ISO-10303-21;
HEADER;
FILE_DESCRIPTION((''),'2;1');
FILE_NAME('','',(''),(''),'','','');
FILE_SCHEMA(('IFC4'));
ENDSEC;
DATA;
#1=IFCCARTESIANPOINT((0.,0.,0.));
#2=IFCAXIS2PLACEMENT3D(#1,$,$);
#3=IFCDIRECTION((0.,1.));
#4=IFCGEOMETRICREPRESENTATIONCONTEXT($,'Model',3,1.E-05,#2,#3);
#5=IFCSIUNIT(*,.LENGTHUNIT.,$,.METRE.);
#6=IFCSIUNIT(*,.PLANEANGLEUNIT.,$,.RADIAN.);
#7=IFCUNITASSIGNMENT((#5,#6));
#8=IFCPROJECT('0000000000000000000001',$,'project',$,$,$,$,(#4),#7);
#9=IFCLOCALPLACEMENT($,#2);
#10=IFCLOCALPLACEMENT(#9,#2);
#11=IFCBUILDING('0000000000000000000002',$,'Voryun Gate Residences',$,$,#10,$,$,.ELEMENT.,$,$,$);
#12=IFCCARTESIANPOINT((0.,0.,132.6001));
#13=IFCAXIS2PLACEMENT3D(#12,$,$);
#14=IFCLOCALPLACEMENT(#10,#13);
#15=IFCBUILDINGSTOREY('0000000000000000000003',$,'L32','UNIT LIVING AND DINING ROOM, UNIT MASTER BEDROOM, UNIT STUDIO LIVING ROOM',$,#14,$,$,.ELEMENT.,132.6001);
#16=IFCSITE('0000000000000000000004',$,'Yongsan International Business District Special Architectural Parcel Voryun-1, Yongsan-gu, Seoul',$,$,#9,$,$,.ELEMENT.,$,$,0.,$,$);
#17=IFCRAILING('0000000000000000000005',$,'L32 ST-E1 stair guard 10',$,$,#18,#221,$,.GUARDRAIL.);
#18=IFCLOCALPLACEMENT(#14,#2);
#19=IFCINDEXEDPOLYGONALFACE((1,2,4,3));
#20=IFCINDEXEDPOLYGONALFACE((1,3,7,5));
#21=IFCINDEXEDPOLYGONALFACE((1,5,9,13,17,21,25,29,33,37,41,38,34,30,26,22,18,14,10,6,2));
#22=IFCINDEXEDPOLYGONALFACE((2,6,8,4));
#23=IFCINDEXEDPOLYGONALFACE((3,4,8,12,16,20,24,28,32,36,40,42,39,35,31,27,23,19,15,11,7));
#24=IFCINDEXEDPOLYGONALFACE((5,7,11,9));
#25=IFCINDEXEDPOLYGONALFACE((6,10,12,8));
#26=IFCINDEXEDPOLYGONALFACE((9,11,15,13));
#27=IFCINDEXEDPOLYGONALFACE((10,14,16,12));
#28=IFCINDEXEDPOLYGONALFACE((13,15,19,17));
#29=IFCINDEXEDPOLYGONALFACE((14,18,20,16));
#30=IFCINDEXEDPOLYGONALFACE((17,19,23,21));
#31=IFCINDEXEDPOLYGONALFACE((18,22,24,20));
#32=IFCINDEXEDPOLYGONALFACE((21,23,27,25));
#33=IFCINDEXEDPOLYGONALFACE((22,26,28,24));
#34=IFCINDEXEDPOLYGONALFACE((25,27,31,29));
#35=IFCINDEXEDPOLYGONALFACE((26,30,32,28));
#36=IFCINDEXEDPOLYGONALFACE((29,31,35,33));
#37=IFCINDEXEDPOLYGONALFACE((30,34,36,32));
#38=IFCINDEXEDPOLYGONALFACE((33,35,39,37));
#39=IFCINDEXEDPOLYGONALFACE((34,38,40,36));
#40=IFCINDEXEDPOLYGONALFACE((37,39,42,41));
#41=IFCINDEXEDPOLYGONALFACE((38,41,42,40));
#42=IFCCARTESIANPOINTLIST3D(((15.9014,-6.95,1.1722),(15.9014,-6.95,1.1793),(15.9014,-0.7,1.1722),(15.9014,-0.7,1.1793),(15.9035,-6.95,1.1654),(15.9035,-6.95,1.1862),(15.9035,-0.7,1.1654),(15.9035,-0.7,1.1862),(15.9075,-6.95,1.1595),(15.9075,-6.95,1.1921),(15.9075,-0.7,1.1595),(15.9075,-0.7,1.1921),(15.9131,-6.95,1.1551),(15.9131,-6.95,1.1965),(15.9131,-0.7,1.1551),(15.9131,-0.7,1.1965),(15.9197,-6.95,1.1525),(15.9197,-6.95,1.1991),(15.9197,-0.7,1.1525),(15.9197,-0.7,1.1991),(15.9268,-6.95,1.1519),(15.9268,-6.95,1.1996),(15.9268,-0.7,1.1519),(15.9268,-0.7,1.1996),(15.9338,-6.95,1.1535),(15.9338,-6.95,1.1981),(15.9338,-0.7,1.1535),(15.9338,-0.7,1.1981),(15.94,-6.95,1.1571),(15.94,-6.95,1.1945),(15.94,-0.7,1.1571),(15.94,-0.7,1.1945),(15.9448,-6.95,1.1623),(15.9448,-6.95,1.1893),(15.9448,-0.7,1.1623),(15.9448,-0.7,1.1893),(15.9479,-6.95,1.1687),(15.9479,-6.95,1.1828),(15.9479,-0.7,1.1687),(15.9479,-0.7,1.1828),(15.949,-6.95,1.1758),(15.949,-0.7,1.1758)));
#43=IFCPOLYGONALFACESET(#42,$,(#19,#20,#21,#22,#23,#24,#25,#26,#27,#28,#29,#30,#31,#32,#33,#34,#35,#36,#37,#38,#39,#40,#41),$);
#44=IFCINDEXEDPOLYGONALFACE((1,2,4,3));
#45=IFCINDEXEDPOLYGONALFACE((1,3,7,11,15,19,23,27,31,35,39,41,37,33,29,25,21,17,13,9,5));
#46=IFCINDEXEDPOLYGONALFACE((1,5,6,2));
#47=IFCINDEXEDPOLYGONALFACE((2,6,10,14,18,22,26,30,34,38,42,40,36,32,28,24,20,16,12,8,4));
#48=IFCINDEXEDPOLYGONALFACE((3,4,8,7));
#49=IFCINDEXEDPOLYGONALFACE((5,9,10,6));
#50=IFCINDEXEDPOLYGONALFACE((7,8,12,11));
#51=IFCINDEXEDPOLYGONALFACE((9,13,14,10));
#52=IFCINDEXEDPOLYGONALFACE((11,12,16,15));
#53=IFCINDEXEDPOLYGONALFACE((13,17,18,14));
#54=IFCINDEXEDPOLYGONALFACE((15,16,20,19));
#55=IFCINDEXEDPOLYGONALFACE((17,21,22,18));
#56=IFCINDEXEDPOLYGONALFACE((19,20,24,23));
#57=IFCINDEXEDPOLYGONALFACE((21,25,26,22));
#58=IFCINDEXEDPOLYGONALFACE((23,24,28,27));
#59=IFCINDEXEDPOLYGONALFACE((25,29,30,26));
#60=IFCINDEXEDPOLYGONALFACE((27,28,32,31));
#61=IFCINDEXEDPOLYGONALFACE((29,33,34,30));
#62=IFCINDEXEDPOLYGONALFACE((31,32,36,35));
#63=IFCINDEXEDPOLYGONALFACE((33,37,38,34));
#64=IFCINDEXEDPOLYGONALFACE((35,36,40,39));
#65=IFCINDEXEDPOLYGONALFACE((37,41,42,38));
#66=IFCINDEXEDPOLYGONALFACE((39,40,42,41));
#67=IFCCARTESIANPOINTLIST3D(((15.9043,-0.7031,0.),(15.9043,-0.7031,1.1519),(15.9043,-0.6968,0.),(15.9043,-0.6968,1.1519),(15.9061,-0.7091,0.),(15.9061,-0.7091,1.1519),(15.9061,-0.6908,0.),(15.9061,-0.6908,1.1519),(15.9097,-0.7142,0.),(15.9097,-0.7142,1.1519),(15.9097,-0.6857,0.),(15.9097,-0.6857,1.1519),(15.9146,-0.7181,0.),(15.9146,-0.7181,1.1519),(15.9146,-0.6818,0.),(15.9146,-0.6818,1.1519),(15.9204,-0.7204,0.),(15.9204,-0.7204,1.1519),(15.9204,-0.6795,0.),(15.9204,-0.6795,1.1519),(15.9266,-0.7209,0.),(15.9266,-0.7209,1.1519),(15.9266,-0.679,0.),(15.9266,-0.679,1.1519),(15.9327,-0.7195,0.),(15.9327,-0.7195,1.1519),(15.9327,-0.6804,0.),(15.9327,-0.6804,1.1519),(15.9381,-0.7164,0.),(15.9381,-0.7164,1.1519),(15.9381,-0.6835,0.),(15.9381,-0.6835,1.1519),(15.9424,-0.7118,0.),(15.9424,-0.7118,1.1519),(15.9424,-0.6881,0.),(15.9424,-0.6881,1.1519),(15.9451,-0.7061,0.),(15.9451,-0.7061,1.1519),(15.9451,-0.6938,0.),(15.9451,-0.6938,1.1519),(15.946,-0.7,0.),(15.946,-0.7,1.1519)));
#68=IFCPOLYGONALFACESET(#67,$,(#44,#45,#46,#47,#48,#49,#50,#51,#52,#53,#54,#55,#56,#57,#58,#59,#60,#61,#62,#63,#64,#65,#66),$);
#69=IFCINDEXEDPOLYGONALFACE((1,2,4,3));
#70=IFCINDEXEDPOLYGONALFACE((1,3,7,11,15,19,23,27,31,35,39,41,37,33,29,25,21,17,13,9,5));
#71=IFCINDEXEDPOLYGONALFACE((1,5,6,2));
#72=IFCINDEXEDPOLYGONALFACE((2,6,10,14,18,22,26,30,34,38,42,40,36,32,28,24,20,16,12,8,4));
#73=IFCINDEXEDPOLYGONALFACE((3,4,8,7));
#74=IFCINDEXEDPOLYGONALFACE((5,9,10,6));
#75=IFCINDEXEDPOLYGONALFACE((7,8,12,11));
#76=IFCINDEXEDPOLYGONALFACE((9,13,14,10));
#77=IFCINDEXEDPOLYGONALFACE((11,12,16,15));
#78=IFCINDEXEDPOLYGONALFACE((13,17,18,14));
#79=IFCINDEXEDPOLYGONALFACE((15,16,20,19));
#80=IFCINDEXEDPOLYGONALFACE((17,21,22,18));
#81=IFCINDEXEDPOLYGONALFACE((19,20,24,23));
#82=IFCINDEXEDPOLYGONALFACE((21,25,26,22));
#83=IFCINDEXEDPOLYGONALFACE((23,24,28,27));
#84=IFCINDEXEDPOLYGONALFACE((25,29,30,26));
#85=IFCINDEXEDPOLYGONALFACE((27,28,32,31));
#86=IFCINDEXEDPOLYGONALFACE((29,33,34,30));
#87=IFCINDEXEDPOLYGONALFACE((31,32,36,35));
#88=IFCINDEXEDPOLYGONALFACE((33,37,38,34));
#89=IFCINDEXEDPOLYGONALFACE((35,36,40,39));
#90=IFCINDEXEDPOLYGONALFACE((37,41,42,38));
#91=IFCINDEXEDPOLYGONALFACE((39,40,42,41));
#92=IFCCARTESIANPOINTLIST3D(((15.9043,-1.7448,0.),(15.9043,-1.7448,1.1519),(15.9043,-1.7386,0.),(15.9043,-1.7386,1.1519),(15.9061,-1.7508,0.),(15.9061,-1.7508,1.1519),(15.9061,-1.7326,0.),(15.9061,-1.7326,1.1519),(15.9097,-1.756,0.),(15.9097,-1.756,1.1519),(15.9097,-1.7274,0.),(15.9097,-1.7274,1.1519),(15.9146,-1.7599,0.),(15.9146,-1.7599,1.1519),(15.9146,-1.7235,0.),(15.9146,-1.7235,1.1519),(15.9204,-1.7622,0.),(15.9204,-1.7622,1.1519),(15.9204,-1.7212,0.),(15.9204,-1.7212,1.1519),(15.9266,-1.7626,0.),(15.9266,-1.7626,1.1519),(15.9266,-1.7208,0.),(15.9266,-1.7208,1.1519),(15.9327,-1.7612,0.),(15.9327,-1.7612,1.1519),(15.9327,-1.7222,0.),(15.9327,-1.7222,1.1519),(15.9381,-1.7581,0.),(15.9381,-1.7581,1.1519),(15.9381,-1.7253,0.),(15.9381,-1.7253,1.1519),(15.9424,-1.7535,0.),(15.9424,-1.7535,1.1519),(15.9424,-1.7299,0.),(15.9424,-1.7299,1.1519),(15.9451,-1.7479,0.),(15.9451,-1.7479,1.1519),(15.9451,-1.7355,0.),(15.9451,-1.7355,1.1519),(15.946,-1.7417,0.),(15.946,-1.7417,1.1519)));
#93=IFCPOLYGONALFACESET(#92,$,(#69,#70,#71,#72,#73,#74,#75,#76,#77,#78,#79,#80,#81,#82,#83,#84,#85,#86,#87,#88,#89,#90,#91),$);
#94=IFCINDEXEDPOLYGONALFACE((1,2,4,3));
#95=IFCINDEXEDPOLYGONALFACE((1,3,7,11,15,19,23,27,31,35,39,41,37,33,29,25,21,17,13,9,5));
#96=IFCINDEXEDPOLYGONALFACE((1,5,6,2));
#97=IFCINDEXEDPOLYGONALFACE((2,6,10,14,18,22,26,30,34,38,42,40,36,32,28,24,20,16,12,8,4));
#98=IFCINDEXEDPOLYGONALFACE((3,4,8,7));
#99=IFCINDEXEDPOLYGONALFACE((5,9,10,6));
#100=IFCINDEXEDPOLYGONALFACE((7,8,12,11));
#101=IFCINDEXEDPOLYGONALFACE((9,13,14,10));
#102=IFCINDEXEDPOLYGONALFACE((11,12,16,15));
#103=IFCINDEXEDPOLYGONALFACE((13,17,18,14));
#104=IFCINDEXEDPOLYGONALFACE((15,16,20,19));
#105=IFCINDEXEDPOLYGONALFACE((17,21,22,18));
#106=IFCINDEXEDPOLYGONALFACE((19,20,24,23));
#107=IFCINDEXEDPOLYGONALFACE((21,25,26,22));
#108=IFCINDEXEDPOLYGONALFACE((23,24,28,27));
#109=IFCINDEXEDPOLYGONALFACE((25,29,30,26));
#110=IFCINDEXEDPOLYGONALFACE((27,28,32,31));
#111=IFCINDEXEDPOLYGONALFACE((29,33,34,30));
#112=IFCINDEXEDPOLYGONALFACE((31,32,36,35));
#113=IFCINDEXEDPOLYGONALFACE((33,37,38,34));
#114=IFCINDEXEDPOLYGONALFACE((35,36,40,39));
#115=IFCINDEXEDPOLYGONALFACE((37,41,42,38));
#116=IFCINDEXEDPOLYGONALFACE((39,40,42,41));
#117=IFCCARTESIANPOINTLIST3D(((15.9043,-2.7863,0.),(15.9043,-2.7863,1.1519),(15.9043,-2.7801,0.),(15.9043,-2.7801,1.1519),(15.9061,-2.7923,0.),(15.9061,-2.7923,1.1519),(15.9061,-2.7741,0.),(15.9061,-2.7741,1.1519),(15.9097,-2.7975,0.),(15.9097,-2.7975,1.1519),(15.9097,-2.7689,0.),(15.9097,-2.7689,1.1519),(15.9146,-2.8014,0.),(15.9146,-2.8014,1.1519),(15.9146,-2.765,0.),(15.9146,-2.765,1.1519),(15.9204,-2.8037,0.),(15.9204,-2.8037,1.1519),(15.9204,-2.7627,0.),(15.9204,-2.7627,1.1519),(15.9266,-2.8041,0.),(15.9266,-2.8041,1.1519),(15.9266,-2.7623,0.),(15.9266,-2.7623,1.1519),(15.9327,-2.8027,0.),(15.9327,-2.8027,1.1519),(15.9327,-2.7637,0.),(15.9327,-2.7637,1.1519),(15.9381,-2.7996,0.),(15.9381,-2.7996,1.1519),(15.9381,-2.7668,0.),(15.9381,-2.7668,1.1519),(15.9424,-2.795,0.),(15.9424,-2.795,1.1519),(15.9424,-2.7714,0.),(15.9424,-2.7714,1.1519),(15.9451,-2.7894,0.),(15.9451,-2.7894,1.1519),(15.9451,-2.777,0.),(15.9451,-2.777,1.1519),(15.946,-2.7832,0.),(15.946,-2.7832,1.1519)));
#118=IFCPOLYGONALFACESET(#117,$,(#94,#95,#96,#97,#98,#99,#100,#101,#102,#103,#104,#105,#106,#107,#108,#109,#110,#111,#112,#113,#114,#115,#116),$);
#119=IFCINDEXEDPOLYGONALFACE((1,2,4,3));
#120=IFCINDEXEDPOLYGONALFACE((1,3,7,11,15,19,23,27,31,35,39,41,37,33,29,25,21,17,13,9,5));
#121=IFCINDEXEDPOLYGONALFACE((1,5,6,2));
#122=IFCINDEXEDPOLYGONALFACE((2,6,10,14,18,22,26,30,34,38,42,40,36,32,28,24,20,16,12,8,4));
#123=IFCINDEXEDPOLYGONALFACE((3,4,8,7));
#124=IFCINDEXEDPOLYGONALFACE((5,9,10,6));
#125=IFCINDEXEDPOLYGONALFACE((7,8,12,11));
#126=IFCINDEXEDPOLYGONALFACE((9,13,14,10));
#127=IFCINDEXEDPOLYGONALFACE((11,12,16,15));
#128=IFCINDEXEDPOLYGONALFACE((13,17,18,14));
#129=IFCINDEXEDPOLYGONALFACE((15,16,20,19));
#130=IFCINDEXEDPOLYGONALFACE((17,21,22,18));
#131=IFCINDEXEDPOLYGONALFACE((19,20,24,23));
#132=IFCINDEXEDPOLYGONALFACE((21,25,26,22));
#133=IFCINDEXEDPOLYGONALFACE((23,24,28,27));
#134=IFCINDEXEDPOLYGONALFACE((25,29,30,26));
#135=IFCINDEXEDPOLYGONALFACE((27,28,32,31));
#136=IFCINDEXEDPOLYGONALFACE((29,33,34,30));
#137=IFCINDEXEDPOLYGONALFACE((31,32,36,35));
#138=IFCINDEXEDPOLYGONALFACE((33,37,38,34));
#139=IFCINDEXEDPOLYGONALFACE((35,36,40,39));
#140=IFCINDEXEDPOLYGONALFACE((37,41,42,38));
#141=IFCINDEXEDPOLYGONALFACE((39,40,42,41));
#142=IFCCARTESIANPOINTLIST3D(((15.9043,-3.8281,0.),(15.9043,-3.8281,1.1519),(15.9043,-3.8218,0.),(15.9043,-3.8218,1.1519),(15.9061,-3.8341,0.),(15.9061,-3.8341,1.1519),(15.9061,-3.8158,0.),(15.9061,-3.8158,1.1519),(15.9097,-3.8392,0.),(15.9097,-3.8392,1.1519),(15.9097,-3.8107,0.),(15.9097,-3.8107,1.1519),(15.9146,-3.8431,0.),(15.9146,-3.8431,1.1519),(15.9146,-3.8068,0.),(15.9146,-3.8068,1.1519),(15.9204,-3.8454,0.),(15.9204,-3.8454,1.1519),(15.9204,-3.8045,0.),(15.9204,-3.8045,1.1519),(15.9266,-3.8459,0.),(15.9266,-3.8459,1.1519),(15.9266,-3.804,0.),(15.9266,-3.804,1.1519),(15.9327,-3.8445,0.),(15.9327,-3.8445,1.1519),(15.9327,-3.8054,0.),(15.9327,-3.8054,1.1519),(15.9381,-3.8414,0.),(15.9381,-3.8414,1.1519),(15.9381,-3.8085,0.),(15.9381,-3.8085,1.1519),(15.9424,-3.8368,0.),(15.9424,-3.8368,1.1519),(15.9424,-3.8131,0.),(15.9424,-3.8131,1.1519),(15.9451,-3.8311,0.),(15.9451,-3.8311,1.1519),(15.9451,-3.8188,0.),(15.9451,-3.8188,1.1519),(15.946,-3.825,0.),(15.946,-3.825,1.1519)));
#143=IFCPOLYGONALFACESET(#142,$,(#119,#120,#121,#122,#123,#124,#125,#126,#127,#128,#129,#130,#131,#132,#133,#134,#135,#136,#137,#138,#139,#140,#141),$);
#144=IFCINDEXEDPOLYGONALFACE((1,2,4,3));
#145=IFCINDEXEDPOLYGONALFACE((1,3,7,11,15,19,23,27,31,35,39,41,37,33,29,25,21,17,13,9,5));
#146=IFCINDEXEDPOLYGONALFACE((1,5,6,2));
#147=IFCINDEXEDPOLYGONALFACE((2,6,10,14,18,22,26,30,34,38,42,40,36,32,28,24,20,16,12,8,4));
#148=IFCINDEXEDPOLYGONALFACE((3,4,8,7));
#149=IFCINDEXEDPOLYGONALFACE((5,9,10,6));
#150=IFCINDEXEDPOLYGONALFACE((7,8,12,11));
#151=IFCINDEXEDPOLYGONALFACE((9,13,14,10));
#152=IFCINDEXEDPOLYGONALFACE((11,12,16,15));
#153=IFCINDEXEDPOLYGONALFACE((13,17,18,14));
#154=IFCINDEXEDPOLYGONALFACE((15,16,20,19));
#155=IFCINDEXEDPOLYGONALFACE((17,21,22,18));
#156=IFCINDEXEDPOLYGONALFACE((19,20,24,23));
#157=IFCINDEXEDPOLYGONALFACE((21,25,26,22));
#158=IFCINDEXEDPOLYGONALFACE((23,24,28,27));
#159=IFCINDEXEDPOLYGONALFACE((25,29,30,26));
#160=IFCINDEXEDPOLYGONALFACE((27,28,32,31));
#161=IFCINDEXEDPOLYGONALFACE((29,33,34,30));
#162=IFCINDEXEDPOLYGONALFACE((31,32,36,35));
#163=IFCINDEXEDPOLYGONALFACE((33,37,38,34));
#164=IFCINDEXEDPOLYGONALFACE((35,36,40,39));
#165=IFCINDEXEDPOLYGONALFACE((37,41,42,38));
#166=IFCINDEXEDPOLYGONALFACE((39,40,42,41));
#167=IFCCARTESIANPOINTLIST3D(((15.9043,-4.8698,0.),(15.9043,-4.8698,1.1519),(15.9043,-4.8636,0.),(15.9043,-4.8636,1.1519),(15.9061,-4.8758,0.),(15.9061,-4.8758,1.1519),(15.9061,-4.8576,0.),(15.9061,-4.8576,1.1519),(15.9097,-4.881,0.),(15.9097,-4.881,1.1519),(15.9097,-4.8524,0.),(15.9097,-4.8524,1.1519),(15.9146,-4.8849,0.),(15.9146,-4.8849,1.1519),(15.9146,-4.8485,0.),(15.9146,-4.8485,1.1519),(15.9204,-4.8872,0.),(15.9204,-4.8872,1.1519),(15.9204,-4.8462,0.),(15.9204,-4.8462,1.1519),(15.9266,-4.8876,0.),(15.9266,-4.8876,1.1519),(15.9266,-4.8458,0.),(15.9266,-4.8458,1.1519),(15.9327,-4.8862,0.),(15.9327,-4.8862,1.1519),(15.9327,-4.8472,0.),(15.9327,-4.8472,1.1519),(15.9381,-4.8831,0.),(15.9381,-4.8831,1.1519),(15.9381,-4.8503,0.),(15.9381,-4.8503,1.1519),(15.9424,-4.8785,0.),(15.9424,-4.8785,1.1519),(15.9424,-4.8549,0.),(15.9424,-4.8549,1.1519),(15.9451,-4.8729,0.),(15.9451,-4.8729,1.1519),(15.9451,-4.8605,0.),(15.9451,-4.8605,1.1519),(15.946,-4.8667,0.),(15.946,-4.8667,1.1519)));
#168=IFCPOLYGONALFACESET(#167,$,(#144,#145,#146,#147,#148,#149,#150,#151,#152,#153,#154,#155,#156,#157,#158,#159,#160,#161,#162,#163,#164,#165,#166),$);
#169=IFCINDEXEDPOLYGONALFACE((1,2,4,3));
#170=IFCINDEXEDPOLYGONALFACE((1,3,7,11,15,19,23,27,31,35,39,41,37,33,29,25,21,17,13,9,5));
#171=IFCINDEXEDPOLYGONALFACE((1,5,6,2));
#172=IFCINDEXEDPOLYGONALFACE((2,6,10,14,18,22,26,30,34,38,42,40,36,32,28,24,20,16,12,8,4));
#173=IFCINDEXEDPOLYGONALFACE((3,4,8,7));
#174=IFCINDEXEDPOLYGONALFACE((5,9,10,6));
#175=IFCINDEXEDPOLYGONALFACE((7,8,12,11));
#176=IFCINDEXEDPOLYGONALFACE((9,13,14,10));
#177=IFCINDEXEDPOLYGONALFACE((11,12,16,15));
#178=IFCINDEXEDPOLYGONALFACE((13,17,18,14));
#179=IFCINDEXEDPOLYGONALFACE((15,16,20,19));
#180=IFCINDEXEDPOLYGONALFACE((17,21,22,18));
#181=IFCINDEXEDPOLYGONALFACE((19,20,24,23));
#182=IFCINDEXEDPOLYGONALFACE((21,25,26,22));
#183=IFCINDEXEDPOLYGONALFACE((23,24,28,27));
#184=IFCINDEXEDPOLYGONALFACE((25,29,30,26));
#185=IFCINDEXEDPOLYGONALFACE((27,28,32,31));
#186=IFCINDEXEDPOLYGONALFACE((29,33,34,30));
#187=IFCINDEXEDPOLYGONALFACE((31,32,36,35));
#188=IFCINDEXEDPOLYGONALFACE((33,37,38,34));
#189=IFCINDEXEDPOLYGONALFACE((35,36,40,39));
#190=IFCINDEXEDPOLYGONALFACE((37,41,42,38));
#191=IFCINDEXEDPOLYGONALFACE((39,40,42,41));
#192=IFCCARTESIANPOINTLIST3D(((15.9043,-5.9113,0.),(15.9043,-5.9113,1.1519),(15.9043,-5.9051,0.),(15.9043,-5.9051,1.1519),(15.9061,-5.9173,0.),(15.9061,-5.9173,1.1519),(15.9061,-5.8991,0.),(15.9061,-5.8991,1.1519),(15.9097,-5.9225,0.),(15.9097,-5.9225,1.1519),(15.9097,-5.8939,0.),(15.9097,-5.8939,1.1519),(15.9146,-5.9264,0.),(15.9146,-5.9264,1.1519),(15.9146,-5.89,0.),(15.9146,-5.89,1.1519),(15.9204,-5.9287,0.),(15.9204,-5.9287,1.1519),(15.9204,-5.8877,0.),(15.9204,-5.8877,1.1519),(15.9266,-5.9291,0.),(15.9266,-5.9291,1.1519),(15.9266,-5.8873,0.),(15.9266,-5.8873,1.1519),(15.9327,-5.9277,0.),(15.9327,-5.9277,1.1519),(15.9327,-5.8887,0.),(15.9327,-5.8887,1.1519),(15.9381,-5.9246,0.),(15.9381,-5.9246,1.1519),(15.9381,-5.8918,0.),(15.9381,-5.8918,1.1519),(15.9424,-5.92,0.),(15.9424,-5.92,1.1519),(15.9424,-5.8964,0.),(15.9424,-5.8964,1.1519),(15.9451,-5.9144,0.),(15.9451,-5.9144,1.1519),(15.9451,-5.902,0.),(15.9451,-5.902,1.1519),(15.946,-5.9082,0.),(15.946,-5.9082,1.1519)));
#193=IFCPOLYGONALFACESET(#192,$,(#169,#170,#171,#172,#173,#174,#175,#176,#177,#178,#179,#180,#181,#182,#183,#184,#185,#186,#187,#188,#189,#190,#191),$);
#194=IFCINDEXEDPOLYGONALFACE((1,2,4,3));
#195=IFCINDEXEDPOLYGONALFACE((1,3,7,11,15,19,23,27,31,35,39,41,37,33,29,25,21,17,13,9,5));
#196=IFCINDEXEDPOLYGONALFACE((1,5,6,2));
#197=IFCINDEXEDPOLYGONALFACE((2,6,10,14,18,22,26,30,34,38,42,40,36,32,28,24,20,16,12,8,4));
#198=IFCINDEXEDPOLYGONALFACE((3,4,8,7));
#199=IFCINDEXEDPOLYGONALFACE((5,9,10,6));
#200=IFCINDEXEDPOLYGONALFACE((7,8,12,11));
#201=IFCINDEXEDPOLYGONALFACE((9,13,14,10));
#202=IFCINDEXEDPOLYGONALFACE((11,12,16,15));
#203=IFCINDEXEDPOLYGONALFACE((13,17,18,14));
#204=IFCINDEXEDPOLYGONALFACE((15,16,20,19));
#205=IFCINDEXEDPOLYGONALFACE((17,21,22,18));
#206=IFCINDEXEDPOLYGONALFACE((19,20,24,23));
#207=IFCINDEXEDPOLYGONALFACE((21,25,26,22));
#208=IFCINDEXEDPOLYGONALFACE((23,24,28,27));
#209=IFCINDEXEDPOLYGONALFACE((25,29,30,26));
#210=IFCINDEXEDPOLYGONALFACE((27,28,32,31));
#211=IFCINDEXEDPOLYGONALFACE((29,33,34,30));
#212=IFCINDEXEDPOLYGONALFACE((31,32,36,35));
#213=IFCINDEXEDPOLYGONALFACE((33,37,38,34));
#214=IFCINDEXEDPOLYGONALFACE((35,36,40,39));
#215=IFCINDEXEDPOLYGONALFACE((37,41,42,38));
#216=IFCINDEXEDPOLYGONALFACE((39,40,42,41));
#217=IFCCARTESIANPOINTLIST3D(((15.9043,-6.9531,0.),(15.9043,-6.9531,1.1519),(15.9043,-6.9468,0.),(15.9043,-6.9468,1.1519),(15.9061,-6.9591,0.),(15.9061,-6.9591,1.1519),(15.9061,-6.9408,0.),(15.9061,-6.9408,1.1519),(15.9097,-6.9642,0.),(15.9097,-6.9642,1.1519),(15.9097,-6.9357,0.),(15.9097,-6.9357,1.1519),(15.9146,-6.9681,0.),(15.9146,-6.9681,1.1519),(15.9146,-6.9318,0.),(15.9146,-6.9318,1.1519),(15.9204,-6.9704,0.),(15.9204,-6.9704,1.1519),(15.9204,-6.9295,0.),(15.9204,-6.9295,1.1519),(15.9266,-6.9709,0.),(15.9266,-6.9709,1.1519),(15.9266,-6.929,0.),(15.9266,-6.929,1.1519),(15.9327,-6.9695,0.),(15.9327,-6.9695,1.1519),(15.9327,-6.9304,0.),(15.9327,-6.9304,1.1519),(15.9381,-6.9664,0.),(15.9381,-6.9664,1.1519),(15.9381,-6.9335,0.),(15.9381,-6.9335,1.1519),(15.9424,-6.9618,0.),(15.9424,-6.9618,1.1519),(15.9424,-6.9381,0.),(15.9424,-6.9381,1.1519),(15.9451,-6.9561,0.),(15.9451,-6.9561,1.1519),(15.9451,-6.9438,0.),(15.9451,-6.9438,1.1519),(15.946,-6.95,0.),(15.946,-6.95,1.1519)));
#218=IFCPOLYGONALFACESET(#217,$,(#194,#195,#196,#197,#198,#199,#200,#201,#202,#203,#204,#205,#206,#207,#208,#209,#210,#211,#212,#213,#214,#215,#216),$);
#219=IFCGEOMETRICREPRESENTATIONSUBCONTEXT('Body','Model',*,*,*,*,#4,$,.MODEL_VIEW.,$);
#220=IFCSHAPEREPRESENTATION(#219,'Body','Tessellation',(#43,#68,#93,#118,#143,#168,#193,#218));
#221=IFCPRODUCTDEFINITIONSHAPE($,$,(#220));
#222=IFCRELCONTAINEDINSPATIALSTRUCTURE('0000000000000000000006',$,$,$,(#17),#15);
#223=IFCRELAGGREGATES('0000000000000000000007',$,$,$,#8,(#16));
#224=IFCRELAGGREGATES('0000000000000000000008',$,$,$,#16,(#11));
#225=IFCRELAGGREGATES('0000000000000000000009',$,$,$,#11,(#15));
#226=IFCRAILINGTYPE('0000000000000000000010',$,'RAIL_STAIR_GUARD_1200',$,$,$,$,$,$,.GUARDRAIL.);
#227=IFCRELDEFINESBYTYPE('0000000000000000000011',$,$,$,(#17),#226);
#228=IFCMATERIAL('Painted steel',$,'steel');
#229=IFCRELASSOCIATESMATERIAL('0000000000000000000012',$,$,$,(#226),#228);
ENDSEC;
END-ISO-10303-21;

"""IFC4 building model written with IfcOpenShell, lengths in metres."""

from ifc_helpers import new_model, si_unit, direction, frame, origin, origin_2d, place, context, subcontext, project, spatial, circle, extrude, material, type_object, element, save


model = new_model("IFC4")

# Units and contexts
model_context = context("Model", 3, precision=1e-05, world=origin(), true_north=direction((0.0, 1.0)))
body_context = subcontext(model_context, "Body", "Model", "MODEL_VIEW")
ifc_project = project(units=[si_unit("LENGTHUNIT", "METRE"), si_unit("PLANEANGLEUNIT", "RADIAN")], contexts=[model_context])

# Site, building, storey
site_placement = place(None, origin())
site = spatial("IfcSite", under=ifc_project, at=site_placement, Name="Yongsan International Business District Special Architectural Parcel Voryun-1, Yongsan-gu, Seoul", CompositionType="ELEMENT", RefElevation=0.0)
building_placement = place(site_placement, origin())
building = spatial("IfcBuilding", under=site, at=building_placement, Name="Voryun Gate Residences", CompositionType="ELEMENT")
storey_placement = place(building_placement, frame((0.0, 0.0, 132.6001)))
storey = spatial("IfcBuildingStorey", under=building, at=storey_placement, Name="L32", Description="UNIT LIVING AND DINING ROOM, UNIT MASTER BEDROOM, UNIT STUDIO LIVING ROOM", CompositionType="ELEMENT", Elevation=132.6001)

# Railing
ifc_material_1 = material(Name="Painted steel", Category="steel")
railing_type_1 = type_object("IfcRailingType", Name="RAIL_STAIR_GUARD_1200", PredefinedType="GUARDRAIL", material=ifc_material_1)
railing_1_placement = place(storey_placement, frame((15.925, -0.7, 0.0)))
element("IfcRailing", 1, at=railing_1_placement, inside=storey, type_object=railing_type_1, Name="L32 ST-E1 stair guard 10", PredefinedType="GUARDRAIL", context=body_context, shape_type="SweptSolid", body=[
    extrude(circle(Radius=0.0239, at=origin_2d()), frame((0.0, 0.0, 1.1758), z_axis=(0.0, -1.0, 0.0), x_axis=(1.0, 0.0, 0.0)), (0.0, 0.0, 1.0), 6.25),
    extrude(circle(Radius=0.021, at=origin_2d()), origin(), (0.0, 0.0, 1.0), 1.1519),
    extrude(circle(Radius=0.021, at=origin_2d()), frame((0.0, -1.0417, 0.0)), (0.0, 0.0, 1.0), 1.1519),
    extrude(circle(Radius=0.021, at=origin_2d()), frame((0.0, -2.0833, 0.0)), (0.0, 0.0, 1.0), 1.1519),
    extrude(circle(Radius=0.021, at=origin_2d()), frame((0.0, -3.125, 0.0)), (0.0, 0.0, 1.0), 1.1519),
    extrude(circle(Radius=0.021, at=origin_2d()), frame((0.0, -4.1667, 0.0)), (0.0, 0.0, 1.0), 1.1519),
    extrude(circle(Radius=0.021, at=origin_2d()), frame((0.0, -5.2083, 0.0)), (0.0, 0.0, 1.0), 1.1519),
    extrude(circle(Radius=0.021, at=origin_2d()), frame((0.0, -6.25, 0.0)), (0.0, 0.0, 1.0), 1.1519),
])

save(model, "model.ifc")
